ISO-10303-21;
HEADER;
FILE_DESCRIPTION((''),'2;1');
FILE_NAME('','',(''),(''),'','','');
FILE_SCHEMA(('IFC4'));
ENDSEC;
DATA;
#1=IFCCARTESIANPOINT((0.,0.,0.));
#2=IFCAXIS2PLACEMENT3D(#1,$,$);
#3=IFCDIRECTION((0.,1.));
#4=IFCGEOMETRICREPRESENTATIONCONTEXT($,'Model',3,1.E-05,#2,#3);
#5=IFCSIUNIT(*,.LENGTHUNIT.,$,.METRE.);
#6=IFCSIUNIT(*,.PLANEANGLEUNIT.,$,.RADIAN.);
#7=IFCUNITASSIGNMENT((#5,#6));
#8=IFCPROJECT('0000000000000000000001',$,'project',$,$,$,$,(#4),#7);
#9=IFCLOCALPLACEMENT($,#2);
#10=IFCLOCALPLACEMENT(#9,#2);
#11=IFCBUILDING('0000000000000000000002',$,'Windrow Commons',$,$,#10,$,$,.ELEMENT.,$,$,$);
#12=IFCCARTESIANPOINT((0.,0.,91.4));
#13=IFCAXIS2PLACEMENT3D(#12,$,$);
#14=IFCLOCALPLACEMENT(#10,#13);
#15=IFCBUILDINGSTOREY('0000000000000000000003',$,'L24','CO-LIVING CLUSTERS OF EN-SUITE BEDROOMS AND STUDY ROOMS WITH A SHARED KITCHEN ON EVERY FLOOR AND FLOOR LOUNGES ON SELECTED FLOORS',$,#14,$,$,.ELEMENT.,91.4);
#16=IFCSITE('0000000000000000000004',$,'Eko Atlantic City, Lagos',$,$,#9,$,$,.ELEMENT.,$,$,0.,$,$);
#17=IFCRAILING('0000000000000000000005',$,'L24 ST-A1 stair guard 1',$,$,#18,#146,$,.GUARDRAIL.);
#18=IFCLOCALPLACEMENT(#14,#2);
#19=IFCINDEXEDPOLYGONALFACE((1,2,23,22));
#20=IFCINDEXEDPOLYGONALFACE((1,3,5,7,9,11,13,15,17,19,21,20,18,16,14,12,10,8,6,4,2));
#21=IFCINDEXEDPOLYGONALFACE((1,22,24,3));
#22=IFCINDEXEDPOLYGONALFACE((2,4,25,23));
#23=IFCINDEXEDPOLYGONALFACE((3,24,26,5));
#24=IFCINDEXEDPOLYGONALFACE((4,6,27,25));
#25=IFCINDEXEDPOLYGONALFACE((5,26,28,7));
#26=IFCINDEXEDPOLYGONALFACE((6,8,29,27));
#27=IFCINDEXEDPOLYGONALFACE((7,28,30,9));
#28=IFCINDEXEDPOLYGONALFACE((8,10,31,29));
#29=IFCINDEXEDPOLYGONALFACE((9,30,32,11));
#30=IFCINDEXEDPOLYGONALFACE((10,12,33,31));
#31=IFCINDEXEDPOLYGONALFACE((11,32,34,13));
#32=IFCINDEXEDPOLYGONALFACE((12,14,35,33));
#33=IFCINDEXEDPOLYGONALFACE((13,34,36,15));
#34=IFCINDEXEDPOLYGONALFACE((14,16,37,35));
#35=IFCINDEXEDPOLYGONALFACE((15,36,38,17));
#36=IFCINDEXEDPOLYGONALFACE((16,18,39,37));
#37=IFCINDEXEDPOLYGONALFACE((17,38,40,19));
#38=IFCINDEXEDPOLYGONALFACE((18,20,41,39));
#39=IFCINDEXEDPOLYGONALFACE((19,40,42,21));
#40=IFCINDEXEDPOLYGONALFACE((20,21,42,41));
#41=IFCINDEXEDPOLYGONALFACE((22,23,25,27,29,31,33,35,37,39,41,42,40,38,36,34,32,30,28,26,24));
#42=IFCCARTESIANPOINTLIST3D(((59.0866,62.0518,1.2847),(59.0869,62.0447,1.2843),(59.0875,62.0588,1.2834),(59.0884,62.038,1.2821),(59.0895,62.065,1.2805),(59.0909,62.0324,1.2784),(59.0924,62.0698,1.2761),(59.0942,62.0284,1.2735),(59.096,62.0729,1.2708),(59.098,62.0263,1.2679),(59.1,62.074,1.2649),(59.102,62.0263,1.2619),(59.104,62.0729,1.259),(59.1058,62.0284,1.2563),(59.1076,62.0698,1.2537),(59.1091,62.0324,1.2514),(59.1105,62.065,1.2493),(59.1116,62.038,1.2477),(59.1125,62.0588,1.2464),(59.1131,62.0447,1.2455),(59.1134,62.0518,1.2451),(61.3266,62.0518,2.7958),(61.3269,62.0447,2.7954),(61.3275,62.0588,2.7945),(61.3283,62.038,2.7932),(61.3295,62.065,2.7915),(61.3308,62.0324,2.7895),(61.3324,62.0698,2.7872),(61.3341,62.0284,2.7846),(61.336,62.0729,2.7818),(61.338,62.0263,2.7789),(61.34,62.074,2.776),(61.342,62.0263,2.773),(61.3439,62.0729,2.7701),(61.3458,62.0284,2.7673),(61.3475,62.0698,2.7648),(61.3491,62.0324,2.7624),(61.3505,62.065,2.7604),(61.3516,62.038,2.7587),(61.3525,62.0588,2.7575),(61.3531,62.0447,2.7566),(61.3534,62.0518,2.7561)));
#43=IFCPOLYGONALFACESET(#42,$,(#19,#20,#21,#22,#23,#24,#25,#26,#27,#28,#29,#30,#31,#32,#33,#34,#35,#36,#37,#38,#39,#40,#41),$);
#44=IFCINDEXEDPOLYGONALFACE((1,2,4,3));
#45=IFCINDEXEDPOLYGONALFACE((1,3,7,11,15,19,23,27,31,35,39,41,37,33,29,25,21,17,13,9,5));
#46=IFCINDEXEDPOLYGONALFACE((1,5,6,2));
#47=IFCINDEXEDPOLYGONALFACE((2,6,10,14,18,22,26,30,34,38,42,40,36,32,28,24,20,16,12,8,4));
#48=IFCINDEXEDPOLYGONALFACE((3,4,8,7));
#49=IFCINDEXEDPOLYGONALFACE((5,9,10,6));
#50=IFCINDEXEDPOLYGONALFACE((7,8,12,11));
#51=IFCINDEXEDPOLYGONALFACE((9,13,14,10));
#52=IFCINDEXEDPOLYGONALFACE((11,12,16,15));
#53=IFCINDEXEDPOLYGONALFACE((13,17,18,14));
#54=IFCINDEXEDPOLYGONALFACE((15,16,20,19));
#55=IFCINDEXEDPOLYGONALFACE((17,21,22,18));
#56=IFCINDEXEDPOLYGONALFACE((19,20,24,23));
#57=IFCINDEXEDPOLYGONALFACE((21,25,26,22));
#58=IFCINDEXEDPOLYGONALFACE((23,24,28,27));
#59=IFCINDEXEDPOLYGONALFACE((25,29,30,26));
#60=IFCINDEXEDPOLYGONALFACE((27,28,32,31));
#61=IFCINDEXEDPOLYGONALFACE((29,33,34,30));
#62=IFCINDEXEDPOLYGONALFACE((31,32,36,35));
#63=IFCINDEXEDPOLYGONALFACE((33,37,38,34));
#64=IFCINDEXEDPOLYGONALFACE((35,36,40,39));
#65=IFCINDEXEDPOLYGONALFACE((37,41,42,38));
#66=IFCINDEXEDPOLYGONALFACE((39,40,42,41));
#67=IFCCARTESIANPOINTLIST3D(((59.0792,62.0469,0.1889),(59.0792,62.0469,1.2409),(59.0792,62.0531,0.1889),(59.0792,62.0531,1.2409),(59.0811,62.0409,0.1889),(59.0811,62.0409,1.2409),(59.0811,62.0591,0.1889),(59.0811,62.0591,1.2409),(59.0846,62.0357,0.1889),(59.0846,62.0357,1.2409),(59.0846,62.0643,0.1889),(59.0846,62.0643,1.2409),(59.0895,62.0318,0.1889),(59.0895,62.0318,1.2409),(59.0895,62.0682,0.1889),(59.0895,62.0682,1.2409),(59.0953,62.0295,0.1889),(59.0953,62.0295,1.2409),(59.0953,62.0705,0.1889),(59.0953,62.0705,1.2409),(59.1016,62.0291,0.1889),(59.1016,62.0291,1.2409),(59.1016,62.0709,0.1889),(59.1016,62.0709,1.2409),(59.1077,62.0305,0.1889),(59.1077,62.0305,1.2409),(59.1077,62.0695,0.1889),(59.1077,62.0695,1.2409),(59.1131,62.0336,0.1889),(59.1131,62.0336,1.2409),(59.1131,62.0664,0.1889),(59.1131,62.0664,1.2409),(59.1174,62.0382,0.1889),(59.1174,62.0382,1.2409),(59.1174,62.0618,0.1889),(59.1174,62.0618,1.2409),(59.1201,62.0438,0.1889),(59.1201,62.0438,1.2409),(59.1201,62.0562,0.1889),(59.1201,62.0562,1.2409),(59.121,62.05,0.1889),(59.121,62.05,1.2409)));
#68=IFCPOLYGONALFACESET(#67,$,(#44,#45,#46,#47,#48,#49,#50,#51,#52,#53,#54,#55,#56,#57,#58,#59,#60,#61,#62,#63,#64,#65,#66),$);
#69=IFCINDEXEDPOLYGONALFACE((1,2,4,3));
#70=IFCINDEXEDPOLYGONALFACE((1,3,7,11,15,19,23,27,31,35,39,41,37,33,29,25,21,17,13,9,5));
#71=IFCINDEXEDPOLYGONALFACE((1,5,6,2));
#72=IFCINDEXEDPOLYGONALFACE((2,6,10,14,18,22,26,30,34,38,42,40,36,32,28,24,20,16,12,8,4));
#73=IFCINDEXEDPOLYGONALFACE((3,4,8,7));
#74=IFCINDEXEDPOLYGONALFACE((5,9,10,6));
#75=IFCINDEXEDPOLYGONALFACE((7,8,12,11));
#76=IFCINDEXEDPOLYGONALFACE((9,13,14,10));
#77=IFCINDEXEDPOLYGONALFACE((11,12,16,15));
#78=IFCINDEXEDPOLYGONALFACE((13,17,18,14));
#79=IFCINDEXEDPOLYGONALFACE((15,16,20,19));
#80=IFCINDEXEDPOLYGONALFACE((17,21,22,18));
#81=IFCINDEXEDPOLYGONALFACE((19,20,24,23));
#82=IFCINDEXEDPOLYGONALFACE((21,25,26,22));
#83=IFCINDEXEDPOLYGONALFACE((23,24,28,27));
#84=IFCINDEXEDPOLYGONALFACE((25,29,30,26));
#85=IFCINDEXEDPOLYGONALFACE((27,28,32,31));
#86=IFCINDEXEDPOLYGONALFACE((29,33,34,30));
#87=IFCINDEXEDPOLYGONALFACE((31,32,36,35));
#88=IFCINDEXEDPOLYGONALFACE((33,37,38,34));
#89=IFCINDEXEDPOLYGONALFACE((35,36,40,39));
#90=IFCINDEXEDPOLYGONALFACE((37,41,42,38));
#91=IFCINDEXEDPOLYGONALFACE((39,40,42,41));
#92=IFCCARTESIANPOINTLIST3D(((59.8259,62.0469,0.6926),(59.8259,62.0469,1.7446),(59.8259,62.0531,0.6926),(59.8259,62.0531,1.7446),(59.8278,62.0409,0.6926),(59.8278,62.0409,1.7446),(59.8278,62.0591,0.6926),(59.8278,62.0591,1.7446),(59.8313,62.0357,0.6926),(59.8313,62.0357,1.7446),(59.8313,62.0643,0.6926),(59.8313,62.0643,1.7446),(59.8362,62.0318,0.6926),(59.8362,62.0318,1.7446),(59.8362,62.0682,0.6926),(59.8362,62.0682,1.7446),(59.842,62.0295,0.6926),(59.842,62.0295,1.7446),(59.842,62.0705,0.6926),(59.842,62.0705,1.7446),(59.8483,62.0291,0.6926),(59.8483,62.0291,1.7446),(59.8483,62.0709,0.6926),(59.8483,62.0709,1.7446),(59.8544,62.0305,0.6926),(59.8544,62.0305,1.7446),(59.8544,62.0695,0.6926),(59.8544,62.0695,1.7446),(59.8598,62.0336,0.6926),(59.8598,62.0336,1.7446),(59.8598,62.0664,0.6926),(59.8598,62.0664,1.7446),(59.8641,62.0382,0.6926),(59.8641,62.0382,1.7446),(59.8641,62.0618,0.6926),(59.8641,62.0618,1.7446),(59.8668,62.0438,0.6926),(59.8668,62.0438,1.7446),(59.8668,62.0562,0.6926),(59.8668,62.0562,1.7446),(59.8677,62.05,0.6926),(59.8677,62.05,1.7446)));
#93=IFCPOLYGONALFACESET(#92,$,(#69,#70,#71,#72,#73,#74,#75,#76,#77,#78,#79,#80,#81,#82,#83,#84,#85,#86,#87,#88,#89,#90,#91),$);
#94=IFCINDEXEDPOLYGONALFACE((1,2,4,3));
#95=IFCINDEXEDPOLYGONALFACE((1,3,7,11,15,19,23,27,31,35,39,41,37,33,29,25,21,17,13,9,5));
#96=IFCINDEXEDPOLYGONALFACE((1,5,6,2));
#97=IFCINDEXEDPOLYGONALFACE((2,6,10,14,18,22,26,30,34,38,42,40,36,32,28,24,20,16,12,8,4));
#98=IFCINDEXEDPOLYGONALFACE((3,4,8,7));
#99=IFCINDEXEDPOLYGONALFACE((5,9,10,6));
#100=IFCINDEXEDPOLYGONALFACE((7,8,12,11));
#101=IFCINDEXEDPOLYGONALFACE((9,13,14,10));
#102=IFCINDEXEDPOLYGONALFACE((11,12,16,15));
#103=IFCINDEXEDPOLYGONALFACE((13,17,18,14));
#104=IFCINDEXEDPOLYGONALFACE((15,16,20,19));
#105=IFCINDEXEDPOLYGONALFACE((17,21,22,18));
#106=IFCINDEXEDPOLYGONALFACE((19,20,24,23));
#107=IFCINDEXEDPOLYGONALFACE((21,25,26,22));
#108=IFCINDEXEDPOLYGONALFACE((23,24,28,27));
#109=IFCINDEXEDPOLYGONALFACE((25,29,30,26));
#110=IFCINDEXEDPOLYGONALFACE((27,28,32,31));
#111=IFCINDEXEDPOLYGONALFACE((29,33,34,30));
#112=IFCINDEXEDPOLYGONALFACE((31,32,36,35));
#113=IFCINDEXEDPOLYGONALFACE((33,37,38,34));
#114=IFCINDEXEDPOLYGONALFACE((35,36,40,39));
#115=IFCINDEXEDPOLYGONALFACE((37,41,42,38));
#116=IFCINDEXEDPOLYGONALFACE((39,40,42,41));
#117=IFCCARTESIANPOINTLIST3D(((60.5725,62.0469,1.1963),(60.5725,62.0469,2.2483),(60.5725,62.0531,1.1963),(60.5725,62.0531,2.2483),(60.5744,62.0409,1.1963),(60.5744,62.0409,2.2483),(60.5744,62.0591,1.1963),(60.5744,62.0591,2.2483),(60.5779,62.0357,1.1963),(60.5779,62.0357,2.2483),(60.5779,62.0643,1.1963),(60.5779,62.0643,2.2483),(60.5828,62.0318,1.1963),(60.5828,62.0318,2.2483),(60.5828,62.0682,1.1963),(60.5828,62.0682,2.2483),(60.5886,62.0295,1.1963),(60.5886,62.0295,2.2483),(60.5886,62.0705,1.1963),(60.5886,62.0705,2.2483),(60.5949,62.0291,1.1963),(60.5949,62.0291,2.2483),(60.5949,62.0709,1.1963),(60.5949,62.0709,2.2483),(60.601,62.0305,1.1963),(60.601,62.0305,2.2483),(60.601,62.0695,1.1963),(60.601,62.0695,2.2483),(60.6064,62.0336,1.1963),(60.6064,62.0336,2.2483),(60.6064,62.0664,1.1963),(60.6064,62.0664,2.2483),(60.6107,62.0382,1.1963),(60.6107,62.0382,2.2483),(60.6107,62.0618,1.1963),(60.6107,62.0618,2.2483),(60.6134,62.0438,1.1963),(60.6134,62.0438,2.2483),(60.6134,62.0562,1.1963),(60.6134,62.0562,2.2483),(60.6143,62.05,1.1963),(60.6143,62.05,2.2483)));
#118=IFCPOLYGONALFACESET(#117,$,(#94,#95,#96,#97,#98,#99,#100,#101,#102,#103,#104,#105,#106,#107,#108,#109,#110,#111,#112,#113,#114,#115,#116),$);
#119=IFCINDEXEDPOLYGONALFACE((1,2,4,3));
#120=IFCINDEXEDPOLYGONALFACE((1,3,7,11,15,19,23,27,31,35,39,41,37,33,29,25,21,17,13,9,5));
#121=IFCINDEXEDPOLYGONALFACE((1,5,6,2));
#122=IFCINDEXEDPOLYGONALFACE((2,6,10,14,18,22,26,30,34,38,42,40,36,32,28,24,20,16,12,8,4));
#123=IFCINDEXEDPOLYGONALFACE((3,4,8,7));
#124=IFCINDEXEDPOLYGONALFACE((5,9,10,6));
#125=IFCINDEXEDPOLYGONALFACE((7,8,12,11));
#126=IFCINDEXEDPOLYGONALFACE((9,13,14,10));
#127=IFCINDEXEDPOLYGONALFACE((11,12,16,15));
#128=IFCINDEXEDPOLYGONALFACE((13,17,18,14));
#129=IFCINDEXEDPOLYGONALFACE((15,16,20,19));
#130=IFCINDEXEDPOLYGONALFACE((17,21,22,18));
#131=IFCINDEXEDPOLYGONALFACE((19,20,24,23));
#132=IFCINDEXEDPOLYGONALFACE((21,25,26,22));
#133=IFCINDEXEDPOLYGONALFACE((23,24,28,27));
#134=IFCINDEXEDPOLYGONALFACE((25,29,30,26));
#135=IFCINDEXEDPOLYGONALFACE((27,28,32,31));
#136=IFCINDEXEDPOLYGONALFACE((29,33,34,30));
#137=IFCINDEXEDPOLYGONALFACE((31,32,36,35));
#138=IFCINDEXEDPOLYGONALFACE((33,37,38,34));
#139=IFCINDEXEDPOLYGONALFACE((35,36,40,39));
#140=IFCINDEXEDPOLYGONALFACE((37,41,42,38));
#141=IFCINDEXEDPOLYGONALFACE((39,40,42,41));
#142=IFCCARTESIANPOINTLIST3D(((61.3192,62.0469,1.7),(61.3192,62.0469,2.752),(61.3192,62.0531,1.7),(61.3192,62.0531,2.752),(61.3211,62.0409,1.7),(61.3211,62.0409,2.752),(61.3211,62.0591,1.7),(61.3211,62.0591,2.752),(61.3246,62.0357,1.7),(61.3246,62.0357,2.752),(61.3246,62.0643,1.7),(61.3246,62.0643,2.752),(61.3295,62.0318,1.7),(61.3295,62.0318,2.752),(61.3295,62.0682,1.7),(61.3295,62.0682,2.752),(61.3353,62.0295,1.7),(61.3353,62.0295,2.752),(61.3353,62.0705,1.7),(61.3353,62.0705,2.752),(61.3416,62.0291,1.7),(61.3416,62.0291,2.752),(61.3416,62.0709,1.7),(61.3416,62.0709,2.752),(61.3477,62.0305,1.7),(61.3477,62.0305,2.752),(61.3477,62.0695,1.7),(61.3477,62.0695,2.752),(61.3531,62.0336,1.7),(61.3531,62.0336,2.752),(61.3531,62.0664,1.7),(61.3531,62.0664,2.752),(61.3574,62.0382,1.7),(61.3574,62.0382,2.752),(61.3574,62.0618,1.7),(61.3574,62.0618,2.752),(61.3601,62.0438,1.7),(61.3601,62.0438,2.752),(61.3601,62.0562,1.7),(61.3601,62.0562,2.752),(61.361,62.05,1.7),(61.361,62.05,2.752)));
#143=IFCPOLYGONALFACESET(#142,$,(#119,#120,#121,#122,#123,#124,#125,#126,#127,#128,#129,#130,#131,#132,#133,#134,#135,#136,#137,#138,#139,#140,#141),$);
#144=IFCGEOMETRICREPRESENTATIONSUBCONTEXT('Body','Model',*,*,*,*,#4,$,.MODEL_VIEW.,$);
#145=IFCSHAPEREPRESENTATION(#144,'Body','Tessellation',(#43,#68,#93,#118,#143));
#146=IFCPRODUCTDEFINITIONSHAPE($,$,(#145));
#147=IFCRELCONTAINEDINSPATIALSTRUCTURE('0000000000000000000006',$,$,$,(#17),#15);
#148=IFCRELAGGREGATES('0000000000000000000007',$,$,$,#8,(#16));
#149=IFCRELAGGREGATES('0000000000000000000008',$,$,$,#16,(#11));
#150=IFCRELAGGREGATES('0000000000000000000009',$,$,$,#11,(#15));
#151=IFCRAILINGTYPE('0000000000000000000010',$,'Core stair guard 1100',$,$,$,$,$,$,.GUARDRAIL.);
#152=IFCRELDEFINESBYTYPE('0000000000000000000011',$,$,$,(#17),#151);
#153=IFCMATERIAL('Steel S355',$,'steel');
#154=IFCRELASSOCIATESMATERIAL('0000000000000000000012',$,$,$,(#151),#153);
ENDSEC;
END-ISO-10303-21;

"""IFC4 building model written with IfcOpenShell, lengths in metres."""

from ifc_helpers import new_model, si_unit, direction, frame, origin, origin_2d, place, context, subcontext, project, spatial, circle, extrude, material, type_object, element, save


model = new_model("IFC4")

# Units and contexts
model_context = context("Model", 3, precision=1e-05, world=origin(), true_north=direction((0.0, 1.0)))
body_context = subcontext(model_context, "Body", "Model", "MODEL_VIEW")
ifc_project = project(units=[si_unit("LENGTHUNIT", "METRE"), si_unit("PLANEANGLEUNIT", "RADIAN")], contexts=[model_context])

# Site, building, storey
site_placement = place(None, origin())
site = spatial("IfcSite", under=ifc_project, at=site_placement, Name="Eko Atlantic City, Lagos", CompositionType="ELEMENT", RefElevation=0.0)
building_placement = place(site_placement, origin())
building = spatial("IfcBuilding", under=site, at=building_placement, Name="Windrow Commons", CompositionType="ELEMENT")
storey_placement = place(building_placement, frame((0.0, 0.0, 91.4)))
storey = spatial("IfcBuildingStorey", under=building, at=storey_placement, Name="L24", Description="CO-LIVING CLUSTERS OF EN-SUITE BEDROOMS AND STUDY ROOMS WITH A SHARED KITCHEN ON EVERY FLOOR AND FLOOR LOUNGES ON SELECTED FLOORS", CompositionType="ELEMENT", Elevation=91.4)

# Railing
ifc_material_1 = material(Name="Steel S355", Category="steel")
railing_type_1 = type_object("IfcRailingType", Name="Core stair guard 1100", PredefinedType="GUARDRAIL", material=ifc_material_1)
railing_1_placement = place(storey_placement, frame((59.1, 62.05, 0.1889)))
element("IfcRailing", 1, at=railing_1_placement, inside=storey, type_object=railing_type_1, Name="L24 ST-A1 stair guard 1", PredefinedType="GUARDRAIL", context=body_context, shape_type="SweptSolid", body=[
    extrude(circle(Radius=0.024, at=origin_2d()), frame((0.0, 0.0, 1.076), z_axis=(0.829003, 0.0, 0.559244), x_axis=(0.0, 1.0, 0.0)), (0.0, 0.0, 1.0), 2.702),
    extrude(circle(Radius=0.021, at=origin_2d()), origin(), (0.0, 0.0, 1.0), 1.052),
    extrude(circle(Radius=0.021, at=origin_2d()), frame((0.7467, 0.0, 0.5037)), (0.0, 0.0, 1.0), 1.052),
    extrude(circle(Radius=0.021, at=origin_2d()), frame((1.4933, 0.0, 1.0074)), (0.0, 0.0, 1.0), 1.052),
    extrude(circle(Radius=0.021, at=origin_2d()), frame((2.24, 0.0, 1.5111)), (0.0, 0.0, 1.0), 1.052),
])

save(model, "model.ifc")
